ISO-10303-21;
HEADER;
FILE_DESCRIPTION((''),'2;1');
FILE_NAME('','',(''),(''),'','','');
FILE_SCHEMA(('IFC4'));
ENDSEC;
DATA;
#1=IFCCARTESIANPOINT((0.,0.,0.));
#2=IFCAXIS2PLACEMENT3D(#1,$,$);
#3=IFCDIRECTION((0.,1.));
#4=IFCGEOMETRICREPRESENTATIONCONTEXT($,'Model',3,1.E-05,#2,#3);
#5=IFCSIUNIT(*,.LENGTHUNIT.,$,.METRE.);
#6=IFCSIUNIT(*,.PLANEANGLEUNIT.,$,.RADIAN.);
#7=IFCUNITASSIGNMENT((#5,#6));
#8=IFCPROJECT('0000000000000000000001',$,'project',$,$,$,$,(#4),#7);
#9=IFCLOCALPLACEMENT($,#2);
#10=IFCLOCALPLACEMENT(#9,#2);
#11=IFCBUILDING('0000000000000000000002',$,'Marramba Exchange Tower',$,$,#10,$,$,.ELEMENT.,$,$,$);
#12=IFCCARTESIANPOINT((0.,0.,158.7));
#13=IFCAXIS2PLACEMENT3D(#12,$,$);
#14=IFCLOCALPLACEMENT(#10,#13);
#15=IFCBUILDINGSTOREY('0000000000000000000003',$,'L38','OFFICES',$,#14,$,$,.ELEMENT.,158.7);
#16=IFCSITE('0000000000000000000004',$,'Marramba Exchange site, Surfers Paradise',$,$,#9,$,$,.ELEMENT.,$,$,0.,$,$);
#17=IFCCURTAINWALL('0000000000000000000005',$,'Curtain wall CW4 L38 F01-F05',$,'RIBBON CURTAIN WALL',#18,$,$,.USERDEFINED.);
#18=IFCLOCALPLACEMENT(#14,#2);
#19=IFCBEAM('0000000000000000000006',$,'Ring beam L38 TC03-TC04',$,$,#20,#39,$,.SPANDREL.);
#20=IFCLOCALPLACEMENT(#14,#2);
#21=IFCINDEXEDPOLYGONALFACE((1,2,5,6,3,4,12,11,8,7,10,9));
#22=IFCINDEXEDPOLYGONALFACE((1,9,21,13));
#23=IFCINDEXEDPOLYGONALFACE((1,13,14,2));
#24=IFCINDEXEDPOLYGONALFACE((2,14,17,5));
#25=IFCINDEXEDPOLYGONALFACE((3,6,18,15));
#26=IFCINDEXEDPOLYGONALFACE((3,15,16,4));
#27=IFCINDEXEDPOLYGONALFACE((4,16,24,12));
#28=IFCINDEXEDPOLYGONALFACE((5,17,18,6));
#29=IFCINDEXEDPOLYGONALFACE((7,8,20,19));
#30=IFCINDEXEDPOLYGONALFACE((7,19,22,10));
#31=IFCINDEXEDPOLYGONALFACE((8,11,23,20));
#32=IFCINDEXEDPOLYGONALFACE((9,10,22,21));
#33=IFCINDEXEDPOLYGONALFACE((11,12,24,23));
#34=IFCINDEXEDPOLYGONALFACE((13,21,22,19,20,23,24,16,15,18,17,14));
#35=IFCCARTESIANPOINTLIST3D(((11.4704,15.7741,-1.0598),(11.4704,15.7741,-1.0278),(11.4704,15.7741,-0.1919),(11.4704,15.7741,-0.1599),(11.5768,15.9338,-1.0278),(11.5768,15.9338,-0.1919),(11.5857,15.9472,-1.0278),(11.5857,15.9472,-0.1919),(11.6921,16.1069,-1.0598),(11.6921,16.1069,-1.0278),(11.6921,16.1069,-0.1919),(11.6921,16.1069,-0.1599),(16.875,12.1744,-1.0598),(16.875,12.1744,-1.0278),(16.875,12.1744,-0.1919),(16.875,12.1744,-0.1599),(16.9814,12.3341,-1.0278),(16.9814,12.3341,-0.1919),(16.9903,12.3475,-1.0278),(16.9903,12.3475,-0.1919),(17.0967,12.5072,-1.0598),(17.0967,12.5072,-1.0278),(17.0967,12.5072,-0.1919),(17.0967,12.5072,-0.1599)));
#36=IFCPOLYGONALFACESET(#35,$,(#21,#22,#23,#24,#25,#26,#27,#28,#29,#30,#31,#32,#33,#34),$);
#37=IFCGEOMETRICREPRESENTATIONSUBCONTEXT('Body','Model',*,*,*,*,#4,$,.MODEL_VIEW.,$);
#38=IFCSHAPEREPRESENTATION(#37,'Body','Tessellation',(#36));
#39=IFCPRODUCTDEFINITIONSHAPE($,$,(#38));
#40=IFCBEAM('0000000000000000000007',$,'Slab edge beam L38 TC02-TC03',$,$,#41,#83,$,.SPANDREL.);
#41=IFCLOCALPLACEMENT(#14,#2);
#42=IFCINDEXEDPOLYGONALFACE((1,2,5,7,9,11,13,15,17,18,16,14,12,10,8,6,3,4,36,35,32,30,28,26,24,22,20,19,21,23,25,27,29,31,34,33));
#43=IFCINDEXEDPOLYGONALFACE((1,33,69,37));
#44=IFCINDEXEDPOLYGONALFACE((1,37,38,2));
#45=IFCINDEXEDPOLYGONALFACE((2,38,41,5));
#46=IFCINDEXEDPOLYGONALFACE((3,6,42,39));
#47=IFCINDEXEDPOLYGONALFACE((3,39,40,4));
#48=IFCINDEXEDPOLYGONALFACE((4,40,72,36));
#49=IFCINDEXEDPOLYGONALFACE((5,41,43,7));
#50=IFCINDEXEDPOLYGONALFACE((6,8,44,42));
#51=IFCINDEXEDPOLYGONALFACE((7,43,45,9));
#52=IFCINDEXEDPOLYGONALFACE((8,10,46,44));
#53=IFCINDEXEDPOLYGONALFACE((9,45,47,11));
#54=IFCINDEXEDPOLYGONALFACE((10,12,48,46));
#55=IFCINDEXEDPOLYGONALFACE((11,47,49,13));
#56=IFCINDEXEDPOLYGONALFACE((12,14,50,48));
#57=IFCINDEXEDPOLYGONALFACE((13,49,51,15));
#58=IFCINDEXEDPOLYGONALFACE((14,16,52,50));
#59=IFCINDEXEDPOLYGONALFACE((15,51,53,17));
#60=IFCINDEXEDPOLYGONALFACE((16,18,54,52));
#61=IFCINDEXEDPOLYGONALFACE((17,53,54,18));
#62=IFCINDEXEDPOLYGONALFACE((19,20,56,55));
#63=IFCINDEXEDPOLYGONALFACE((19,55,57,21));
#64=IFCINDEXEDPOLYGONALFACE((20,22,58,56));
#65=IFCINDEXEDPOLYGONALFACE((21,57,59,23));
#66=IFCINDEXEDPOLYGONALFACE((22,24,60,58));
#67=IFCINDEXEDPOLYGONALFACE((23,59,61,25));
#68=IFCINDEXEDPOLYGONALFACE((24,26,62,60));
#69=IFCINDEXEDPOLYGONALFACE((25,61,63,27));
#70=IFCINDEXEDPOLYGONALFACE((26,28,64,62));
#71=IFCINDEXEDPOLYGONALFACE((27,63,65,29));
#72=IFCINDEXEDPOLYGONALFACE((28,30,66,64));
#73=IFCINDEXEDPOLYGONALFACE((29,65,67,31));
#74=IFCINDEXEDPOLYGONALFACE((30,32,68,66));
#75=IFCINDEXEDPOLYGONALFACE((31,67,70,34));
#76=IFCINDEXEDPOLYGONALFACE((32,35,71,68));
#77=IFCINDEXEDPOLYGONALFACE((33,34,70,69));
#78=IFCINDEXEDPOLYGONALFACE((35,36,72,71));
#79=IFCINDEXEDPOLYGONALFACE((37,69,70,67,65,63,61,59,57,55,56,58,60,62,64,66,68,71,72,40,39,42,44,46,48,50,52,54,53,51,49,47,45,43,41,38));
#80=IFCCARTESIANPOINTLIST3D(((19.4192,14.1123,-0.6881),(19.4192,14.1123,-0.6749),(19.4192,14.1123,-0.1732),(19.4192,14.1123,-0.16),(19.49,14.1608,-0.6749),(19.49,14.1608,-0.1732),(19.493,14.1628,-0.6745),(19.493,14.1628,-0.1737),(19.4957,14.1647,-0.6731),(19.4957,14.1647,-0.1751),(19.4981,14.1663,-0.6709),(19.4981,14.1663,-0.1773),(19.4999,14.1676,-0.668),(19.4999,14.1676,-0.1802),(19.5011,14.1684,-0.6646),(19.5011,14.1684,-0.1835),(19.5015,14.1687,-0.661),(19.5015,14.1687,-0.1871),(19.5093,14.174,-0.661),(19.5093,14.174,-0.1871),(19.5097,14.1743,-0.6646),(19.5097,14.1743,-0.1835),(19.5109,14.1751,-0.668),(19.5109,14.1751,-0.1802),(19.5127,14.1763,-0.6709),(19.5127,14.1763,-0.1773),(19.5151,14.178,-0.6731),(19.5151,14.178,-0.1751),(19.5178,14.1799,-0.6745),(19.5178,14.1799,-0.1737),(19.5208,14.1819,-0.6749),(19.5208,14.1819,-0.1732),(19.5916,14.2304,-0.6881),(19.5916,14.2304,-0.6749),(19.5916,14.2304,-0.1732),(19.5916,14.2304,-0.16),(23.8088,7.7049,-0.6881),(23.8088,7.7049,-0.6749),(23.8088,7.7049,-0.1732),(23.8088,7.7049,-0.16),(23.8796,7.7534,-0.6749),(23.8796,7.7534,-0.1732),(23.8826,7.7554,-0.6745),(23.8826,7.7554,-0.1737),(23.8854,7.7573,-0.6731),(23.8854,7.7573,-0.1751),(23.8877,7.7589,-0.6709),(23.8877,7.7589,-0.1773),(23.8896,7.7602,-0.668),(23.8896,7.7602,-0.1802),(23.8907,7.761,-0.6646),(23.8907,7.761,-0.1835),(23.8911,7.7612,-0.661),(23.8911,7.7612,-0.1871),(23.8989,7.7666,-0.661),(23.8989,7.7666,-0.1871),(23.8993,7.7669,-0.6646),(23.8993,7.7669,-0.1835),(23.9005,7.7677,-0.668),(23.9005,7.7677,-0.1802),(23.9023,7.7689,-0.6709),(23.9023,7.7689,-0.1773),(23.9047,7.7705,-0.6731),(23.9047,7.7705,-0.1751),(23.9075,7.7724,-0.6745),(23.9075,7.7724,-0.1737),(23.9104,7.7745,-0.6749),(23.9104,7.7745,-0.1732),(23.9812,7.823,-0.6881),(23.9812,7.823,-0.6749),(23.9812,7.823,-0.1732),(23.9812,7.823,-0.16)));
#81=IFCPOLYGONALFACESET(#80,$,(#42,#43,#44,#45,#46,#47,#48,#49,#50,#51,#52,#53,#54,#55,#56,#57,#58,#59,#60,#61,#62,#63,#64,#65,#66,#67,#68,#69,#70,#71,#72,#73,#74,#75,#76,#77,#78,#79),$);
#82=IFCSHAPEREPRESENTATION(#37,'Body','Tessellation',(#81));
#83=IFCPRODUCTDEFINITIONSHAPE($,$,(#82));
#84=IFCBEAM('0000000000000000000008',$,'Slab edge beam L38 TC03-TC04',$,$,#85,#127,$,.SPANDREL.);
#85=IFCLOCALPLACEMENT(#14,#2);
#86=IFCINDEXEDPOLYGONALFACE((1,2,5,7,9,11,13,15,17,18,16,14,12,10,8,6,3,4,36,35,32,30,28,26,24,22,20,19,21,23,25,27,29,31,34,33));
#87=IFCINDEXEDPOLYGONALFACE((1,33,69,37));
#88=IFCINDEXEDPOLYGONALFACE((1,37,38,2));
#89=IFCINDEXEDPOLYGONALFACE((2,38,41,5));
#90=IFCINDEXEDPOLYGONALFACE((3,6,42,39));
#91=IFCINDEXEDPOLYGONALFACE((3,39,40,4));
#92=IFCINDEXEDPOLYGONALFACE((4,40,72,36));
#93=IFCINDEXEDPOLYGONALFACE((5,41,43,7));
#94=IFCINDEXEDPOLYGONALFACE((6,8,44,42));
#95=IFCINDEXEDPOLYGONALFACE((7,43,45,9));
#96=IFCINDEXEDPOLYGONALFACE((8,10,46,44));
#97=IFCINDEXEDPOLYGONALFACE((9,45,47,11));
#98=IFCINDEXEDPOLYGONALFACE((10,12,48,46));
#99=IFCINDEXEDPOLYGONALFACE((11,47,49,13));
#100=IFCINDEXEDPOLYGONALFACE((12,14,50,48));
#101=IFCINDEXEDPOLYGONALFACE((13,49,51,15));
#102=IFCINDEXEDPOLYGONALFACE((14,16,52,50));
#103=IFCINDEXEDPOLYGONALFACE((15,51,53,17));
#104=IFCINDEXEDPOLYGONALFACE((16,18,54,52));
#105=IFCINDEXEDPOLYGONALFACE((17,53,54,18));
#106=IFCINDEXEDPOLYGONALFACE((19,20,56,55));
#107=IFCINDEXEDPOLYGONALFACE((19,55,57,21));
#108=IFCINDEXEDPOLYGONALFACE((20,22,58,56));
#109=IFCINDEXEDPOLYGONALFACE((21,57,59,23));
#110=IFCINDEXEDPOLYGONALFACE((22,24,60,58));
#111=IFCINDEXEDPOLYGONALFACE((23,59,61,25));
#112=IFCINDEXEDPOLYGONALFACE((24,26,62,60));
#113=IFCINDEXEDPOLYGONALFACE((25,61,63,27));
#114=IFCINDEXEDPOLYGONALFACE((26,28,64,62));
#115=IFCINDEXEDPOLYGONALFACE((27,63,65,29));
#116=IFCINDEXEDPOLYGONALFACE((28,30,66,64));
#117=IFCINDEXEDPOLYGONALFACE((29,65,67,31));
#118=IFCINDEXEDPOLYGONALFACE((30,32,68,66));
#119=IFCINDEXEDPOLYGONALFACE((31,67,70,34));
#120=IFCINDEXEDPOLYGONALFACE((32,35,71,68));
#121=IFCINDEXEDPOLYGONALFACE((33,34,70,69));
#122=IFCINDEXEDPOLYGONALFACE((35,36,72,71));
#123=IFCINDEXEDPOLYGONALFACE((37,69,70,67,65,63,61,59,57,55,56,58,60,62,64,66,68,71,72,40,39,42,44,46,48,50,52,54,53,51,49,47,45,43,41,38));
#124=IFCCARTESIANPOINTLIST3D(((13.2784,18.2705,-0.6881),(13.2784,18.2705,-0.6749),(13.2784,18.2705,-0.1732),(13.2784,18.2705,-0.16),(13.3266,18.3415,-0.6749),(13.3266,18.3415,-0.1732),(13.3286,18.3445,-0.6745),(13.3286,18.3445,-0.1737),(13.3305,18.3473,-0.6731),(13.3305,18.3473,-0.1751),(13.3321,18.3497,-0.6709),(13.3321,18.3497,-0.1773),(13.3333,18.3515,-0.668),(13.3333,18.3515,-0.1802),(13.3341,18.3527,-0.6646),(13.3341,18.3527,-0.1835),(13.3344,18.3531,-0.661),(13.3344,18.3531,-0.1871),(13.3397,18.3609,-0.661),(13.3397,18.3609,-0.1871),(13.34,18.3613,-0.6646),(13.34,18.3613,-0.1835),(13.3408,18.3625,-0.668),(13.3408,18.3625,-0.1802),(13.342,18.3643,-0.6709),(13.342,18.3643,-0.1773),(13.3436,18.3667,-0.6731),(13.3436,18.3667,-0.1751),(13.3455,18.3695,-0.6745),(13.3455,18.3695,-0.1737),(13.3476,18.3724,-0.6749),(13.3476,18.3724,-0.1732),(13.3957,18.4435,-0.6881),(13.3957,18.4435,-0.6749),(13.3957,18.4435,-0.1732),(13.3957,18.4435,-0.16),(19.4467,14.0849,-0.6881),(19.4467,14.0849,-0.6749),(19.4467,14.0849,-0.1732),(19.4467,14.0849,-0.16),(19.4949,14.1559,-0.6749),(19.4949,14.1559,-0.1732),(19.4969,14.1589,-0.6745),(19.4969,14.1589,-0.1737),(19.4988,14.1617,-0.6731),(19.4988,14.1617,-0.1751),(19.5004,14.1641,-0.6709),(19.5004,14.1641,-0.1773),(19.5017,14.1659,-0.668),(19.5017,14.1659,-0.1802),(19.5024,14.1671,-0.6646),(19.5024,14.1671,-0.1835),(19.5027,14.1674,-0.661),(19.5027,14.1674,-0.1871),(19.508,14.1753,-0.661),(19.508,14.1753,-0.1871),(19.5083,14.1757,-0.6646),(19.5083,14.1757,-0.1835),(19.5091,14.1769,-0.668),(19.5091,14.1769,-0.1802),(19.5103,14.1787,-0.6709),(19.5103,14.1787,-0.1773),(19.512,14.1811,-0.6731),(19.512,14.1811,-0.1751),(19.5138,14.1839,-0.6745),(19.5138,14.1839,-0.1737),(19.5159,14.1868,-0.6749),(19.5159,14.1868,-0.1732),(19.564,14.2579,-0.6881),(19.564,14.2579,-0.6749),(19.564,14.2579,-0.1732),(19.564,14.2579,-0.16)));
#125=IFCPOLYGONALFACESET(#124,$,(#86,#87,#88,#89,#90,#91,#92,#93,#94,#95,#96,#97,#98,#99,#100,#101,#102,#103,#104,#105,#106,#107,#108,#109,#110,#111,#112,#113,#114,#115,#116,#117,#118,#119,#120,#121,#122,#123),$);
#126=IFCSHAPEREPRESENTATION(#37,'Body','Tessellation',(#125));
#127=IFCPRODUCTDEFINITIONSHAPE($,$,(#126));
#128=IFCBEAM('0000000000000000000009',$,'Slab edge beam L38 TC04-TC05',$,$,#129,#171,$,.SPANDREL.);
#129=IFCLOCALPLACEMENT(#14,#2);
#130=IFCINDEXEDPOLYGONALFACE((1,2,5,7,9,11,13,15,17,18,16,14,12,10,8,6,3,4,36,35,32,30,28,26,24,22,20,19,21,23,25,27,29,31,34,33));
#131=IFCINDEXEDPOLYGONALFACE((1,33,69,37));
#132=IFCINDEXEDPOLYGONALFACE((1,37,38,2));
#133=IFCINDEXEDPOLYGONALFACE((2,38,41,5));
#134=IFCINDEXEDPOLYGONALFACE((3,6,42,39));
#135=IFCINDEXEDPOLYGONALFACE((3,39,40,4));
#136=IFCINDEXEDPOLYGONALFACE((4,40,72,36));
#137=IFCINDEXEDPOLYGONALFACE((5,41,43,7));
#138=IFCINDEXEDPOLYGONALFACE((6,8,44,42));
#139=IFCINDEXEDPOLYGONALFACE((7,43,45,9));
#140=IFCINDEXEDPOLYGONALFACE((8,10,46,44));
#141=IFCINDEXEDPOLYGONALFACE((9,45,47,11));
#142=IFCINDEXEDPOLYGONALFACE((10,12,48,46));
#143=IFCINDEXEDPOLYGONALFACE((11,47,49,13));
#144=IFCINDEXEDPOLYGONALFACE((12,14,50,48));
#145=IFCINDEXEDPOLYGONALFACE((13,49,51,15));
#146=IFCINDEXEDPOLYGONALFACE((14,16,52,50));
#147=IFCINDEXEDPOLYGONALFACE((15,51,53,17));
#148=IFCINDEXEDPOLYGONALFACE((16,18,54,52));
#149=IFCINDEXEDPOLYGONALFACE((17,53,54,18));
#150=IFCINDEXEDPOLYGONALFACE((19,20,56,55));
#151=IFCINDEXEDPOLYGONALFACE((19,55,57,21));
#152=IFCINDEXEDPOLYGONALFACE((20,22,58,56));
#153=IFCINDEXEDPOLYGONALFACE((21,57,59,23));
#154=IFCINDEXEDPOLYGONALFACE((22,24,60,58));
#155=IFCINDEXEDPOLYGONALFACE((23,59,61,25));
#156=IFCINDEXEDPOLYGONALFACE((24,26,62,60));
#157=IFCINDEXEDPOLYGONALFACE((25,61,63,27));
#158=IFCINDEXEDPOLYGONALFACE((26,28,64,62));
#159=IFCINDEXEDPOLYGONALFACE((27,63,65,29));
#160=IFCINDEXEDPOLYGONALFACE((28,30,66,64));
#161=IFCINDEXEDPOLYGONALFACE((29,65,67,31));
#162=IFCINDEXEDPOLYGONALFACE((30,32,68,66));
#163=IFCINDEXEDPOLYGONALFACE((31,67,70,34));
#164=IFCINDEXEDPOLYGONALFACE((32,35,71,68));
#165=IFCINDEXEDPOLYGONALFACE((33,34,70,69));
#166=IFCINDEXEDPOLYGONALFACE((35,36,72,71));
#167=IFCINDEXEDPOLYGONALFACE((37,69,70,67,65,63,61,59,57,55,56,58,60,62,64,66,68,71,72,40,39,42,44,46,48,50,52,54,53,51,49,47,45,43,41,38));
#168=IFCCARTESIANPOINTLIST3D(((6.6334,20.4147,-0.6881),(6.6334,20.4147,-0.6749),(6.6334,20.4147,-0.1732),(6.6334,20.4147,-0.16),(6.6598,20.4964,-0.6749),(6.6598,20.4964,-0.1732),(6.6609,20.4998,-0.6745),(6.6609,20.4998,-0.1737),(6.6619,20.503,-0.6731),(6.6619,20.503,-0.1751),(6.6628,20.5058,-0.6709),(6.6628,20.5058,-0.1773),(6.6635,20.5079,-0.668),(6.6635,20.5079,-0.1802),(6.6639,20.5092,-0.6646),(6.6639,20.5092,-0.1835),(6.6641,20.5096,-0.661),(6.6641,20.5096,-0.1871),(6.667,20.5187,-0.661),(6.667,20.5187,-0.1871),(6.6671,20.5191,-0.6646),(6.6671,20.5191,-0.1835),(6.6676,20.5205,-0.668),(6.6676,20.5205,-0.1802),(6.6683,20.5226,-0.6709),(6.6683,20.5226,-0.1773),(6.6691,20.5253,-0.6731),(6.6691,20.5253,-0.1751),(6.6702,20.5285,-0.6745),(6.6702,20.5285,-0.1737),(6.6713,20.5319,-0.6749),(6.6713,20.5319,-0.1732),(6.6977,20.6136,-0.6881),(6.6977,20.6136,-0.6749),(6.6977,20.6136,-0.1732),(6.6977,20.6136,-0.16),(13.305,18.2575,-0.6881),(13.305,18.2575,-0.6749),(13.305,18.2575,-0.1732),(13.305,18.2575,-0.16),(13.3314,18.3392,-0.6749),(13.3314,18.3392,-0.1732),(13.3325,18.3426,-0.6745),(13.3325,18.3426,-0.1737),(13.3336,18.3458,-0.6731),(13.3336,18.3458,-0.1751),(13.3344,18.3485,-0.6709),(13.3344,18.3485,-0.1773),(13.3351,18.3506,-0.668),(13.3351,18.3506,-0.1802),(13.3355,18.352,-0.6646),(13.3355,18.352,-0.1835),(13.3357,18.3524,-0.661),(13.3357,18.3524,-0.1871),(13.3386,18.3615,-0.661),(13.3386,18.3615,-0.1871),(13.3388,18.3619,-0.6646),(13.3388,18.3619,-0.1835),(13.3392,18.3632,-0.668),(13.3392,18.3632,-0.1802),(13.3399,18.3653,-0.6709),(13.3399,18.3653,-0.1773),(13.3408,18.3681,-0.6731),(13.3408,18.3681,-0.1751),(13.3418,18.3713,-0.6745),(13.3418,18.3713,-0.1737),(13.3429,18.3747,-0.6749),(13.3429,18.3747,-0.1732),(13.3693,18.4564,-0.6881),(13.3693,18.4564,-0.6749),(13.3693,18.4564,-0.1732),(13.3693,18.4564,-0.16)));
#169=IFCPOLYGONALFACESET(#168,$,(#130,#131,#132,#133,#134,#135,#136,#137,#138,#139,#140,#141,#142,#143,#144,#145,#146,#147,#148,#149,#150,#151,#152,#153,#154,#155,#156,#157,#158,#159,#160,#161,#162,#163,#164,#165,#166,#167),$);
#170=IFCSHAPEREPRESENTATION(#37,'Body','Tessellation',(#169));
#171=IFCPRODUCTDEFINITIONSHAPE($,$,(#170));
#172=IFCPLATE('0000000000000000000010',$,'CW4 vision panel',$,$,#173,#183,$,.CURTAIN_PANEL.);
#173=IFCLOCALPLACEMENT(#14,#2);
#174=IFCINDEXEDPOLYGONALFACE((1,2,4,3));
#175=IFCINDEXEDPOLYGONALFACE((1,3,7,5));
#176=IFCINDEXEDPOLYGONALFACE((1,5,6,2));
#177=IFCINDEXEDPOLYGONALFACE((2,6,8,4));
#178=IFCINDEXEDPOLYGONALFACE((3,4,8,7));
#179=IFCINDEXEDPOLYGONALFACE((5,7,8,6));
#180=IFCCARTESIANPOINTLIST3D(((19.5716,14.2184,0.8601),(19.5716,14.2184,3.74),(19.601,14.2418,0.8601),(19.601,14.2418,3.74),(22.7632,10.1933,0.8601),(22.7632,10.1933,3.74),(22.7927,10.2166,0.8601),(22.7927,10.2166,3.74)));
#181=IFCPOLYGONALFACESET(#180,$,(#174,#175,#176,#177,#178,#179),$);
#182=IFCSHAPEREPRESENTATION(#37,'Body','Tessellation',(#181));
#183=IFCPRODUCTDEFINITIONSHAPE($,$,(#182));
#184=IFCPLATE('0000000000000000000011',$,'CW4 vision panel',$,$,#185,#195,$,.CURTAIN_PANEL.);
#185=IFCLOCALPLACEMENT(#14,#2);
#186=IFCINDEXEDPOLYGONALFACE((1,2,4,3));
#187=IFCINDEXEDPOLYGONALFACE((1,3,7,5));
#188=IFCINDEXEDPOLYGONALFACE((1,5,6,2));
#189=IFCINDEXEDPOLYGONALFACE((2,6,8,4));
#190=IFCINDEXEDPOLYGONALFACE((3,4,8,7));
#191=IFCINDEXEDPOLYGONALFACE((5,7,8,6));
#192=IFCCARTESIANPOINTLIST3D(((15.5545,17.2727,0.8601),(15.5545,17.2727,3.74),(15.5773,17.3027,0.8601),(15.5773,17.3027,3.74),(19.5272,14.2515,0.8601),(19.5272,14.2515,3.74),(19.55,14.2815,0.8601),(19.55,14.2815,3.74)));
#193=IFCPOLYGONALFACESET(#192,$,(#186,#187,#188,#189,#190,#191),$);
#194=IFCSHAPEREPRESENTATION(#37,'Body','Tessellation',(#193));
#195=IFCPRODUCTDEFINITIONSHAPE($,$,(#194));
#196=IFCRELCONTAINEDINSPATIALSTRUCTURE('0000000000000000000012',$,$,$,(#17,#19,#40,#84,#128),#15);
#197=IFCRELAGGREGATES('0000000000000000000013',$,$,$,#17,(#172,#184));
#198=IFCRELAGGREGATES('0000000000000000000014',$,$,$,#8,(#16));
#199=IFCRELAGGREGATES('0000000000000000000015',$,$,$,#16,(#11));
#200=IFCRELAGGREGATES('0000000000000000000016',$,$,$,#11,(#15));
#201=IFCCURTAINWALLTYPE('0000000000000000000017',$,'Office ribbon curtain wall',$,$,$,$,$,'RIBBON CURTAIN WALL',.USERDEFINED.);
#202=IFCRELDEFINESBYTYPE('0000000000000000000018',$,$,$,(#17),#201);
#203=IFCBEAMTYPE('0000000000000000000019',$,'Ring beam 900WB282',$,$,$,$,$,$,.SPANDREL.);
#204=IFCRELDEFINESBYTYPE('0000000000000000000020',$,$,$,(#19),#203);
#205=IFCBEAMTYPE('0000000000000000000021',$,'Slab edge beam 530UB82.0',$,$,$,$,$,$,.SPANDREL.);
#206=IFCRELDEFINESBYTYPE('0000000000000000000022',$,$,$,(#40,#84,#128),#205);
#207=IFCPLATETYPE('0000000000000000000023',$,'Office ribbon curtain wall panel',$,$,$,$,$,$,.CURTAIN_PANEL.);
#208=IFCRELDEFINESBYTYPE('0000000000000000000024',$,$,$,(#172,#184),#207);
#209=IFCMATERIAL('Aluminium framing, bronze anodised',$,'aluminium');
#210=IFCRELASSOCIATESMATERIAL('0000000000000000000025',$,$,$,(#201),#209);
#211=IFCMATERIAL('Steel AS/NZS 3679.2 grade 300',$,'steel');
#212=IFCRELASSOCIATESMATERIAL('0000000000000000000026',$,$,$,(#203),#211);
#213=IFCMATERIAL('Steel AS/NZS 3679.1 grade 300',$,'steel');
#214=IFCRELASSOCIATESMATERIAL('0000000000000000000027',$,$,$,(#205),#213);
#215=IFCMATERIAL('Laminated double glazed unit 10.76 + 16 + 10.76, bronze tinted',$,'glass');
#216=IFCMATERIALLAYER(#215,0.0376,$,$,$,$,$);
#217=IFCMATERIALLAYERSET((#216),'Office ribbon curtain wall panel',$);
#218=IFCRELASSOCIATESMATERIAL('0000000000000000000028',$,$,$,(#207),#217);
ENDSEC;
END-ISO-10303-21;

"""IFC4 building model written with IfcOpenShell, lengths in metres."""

from ifc_helpers import new_model, si_unit, direction, frame, origin, origin_2d, place, context, subcontext, project, spatial, rectangle, i_section, extrude, material, layer, layer_set, material_profile, profile_set, type_object, element, aggregate, save


model = new_model("IFC4")

# Units and contexts
model_context = context("Model", 3, precision=1e-05, world=origin(), true_north=direction((0.0, 1.0)))
body_context = subcontext(model_context, "Body", "Model", "MODEL_VIEW")
ifc_project = project(units=[si_unit("LENGTHUNIT", "METRE"), si_unit("PLANEANGLEUNIT", "RADIAN")], contexts=[model_context])

# Site, building, storey
site_placement = place(None, origin())
site = spatial("IfcSite", under=ifc_project, at=site_placement, Name="Marramba Exchange site, Surfers Paradise", CompositionType="ELEMENT", RefElevation=0.0)
building_placement = place(site_placement, origin())
building = spatial("IfcBuilding", under=site, at=building_placement, Name="Marramba Exchange Tower", CompositionType="ELEMENT")
storey_placement = place(building_placement, frame((0.0, 0.0, 158.7)))
storey = spatial("IfcBuildingStorey", under=building, at=storey_placement, Name="L38", Description="OFFICES", CompositionType="ELEMENT", Elevation=158.7)

# Shared definitions
ifc_material_1 = material(Name="Steel AS/NZS 3679.2 grade 300", Category="steel")
ifc_material_2 = material(Name="Steel AS/NZS 3679.1 grade 300", Category="steel")

# Curtain wall
ifc_material_3 = material(Name="Aluminium framing, bronze anodised", Category="aluminium")
curtain_wall_type = type_object("IfcCurtainWallType", Name="Office ribbon curtain wall", ElementType="RIBBON CURTAIN WALL", PredefinedType="USERDEFINED", material=ifc_material_3)
curtain_wall_placement = place(storey_placement, origin())
curtain_wall = element("IfcCurtainWall", 1, at=curtain_wall_placement, inside=storey, type_object=curtain_wall_type, Name="Curtain wall CW4 L38 F01-F05", ObjectType="RIBBON CURTAIN WALL", PredefinedType="USERDEFINED")

# Beams
ifc_material_profile_1 = material_profile(ifc_material_1, i_section(OverallWidth=0.3999, OverallDepth=0.8999, WebThickness=0.0161, FlangeThickness=0.032, at=origin_2d()), Name="900WB282")
ifc_profile_set_1 = profile_set([ifc_material_profile_1], Name="Steel AS/NZS 3679.2 grade 300")
beam_type_1 = type_object("IfcBeamType", Name="Ring beam 900WB282", PredefinedType="SPANDREL", material=ifc_profile_set_1)
beam_1_placement = place(storey_placement, frame((16.9858, 12.3408, -0.6099), z_axis=(-0.832293, 0.554336, 0.0), x_axis=(-0.554336, -0.832293, 0.0)))
element("IfcBeam", 2, at=beam_1_placement, inside=storey, type_object=beam_type_1, Name="Ring beam L38 TC03-TC04", PredefinedType="SPANDREL", context=body_context, shape_type="SweptSolid", body=[
    extrude(i_section(OverallWidth=0.3999, OverallDepth=0.8999, WebThickness=0.0161, FlangeThickness=0.032, at=origin_2d()), origin(), (0.0, 0.0, 1.0), 6.4937),
])
ifc_material_profile_2 = material_profile(ifc_material_2, i_section(OverallWidth=0.209, OverallDepth=0.5281, WebThickness=0.0095, FlangeThickness=0.0132, FilletRadius=0.0139, at=origin_2d()), Name="530UB82.0")
ifc_profile_set_2 = profile_set([ifc_material_profile_2], Name="Steel AS/NZS 3679.1 grade 300")
beam_type_2 = type_object("IfcBeamType", Name="Slab edge beam 530UB82.0", PredefinedType="SPANDREL", material=ifc_profile_set_2)
beam_2_placement = place(storey_placement, frame((23.895, 7.7639, -0.4241), z_axis=(-0.565174, 0.824972, 0.0), x_axis=(-0.824972, -0.565174, 0.0)))
element("IfcBeam", 3, at=beam_2_placement, inside=storey, type_object=beam_type_2, Name="Slab edge beam L38 TC02-TC03", PredefinedType="SPANDREL", context=body_context, shape_type="SweptSolid", body=[
    extrude(i_section(OverallWidth=0.209, OverallDepth=0.5281, WebThickness=0.0095, FlangeThickness=0.0132, FilletRadius=0.0139, at=origin_2d()), origin(), (0.0, 0.0, 1.0), 7.7668),
])
beam_3_placement = place(storey_placement, frame((19.5054, 14.1714, -0.4241), z_axis=(-0.827477, 0.561499, 0.0), x_axis=(-0.561499, -0.827477, 0.0)))
element("IfcBeam", 4, at=beam_3_placement, inside=storey, type_object=beam_type_2, Name="Slab edge beam L38 TC03-TC04", PredefinedType="SPANDREL", context=body_context, shape_type="SweptSolid", body=[
    extrude(i_section(OverallWidth=0.209, OverallDepth=0.5281, WebThickness=0.0095, FlangeThickness=0.0132, FilletRadius=0.0139, at=origin_2d()), origin(), (0.0, 0.0, 1.0), 7.4543),
])
beam_4_placement = place(storey_placement, frame((13.3372, 18.3569, -0.4241), z_axis=(-0.951496, 0.30766, 0.0), x_axis=(-0.30766, -0.951496, 0.0)))
element("IfcBeam", 5, at=beam_4_placement, inside=storey, type_object=beam_type_2, Name="Slab edge beam L38 TC04-TC05", PredefinedType="SPANDREL", context=body_context, shape_type="SweptSolid", body=[
    extrude(i_section(OverallWidth=0.209, OverallDepth=0.5281, WebThickness=0.0095, FlangeThickness=0.0132, FilletRadius=0.0139, at=origin_2d()), origin(), (0.0, 0.0, 1.0), 7.0117),
])

# Plates
ifc_material_4 = material(Name="Laminated double glazed unit 10.76 + 16 + 10.76, bronze tinted", Category="glass")
ifc_layer_1 = layer(ifc_material_4, 0.0376)
ifc_layer_set_1 = layer_set([ifc_layer_1], Name="Office ribbon curtain wall panel")
plate_type = type_object("IfcPlateType", Name="Office ribbon curtain wall panel", PredefinedType="CURTAIN_PANEL", material=ifc_layer_set_1)
plate_1_placement = place(storey_placement, frame((21.1821, 12.2175, 0.8601), z_axis=(0.0, 0.0, 1.0), x_axis=(-0.621312, 0.783563, 0.0)))
plate_1 = element("IfcPlate", 6, at=plate_1_placement, type_object=plate_type, Name="CW4 vision panel", PredefinedType="CURTAIN_PANEL", context=body_context, shape_type="SweptSolid", body=[
    extrude(rectangle(XDim=5.137, YDim=0.0376, at=origin_2d()), origin(), (0.0, 0.0, 1.0), 2.8799),
])
plate_2_placement = place(storey_placement, frame((17.5522, 15.7771, 0.8601), z_axis=(0.0, 0.0, 1.0), x_axis=(-0.795972, 0.605334, 0.0)))
plate_2 = element("IfcPlate", 7, at=plate_2_placement, type_object=plate_type, Name="CW4 vision panel", PredefinedType="CURTAIN_PANEL", context=body_context, shape_type="SweptSolid", body=[
    extrude(rectangle(XDim=4.991, YDim=0.0376, at=origin_2d()), origin(), (0.0, 0.0, 1.0), 2.8799),
])
aggregate(curtain_wall, [plate_1, plate_2])

save(model, "model.ifc")
